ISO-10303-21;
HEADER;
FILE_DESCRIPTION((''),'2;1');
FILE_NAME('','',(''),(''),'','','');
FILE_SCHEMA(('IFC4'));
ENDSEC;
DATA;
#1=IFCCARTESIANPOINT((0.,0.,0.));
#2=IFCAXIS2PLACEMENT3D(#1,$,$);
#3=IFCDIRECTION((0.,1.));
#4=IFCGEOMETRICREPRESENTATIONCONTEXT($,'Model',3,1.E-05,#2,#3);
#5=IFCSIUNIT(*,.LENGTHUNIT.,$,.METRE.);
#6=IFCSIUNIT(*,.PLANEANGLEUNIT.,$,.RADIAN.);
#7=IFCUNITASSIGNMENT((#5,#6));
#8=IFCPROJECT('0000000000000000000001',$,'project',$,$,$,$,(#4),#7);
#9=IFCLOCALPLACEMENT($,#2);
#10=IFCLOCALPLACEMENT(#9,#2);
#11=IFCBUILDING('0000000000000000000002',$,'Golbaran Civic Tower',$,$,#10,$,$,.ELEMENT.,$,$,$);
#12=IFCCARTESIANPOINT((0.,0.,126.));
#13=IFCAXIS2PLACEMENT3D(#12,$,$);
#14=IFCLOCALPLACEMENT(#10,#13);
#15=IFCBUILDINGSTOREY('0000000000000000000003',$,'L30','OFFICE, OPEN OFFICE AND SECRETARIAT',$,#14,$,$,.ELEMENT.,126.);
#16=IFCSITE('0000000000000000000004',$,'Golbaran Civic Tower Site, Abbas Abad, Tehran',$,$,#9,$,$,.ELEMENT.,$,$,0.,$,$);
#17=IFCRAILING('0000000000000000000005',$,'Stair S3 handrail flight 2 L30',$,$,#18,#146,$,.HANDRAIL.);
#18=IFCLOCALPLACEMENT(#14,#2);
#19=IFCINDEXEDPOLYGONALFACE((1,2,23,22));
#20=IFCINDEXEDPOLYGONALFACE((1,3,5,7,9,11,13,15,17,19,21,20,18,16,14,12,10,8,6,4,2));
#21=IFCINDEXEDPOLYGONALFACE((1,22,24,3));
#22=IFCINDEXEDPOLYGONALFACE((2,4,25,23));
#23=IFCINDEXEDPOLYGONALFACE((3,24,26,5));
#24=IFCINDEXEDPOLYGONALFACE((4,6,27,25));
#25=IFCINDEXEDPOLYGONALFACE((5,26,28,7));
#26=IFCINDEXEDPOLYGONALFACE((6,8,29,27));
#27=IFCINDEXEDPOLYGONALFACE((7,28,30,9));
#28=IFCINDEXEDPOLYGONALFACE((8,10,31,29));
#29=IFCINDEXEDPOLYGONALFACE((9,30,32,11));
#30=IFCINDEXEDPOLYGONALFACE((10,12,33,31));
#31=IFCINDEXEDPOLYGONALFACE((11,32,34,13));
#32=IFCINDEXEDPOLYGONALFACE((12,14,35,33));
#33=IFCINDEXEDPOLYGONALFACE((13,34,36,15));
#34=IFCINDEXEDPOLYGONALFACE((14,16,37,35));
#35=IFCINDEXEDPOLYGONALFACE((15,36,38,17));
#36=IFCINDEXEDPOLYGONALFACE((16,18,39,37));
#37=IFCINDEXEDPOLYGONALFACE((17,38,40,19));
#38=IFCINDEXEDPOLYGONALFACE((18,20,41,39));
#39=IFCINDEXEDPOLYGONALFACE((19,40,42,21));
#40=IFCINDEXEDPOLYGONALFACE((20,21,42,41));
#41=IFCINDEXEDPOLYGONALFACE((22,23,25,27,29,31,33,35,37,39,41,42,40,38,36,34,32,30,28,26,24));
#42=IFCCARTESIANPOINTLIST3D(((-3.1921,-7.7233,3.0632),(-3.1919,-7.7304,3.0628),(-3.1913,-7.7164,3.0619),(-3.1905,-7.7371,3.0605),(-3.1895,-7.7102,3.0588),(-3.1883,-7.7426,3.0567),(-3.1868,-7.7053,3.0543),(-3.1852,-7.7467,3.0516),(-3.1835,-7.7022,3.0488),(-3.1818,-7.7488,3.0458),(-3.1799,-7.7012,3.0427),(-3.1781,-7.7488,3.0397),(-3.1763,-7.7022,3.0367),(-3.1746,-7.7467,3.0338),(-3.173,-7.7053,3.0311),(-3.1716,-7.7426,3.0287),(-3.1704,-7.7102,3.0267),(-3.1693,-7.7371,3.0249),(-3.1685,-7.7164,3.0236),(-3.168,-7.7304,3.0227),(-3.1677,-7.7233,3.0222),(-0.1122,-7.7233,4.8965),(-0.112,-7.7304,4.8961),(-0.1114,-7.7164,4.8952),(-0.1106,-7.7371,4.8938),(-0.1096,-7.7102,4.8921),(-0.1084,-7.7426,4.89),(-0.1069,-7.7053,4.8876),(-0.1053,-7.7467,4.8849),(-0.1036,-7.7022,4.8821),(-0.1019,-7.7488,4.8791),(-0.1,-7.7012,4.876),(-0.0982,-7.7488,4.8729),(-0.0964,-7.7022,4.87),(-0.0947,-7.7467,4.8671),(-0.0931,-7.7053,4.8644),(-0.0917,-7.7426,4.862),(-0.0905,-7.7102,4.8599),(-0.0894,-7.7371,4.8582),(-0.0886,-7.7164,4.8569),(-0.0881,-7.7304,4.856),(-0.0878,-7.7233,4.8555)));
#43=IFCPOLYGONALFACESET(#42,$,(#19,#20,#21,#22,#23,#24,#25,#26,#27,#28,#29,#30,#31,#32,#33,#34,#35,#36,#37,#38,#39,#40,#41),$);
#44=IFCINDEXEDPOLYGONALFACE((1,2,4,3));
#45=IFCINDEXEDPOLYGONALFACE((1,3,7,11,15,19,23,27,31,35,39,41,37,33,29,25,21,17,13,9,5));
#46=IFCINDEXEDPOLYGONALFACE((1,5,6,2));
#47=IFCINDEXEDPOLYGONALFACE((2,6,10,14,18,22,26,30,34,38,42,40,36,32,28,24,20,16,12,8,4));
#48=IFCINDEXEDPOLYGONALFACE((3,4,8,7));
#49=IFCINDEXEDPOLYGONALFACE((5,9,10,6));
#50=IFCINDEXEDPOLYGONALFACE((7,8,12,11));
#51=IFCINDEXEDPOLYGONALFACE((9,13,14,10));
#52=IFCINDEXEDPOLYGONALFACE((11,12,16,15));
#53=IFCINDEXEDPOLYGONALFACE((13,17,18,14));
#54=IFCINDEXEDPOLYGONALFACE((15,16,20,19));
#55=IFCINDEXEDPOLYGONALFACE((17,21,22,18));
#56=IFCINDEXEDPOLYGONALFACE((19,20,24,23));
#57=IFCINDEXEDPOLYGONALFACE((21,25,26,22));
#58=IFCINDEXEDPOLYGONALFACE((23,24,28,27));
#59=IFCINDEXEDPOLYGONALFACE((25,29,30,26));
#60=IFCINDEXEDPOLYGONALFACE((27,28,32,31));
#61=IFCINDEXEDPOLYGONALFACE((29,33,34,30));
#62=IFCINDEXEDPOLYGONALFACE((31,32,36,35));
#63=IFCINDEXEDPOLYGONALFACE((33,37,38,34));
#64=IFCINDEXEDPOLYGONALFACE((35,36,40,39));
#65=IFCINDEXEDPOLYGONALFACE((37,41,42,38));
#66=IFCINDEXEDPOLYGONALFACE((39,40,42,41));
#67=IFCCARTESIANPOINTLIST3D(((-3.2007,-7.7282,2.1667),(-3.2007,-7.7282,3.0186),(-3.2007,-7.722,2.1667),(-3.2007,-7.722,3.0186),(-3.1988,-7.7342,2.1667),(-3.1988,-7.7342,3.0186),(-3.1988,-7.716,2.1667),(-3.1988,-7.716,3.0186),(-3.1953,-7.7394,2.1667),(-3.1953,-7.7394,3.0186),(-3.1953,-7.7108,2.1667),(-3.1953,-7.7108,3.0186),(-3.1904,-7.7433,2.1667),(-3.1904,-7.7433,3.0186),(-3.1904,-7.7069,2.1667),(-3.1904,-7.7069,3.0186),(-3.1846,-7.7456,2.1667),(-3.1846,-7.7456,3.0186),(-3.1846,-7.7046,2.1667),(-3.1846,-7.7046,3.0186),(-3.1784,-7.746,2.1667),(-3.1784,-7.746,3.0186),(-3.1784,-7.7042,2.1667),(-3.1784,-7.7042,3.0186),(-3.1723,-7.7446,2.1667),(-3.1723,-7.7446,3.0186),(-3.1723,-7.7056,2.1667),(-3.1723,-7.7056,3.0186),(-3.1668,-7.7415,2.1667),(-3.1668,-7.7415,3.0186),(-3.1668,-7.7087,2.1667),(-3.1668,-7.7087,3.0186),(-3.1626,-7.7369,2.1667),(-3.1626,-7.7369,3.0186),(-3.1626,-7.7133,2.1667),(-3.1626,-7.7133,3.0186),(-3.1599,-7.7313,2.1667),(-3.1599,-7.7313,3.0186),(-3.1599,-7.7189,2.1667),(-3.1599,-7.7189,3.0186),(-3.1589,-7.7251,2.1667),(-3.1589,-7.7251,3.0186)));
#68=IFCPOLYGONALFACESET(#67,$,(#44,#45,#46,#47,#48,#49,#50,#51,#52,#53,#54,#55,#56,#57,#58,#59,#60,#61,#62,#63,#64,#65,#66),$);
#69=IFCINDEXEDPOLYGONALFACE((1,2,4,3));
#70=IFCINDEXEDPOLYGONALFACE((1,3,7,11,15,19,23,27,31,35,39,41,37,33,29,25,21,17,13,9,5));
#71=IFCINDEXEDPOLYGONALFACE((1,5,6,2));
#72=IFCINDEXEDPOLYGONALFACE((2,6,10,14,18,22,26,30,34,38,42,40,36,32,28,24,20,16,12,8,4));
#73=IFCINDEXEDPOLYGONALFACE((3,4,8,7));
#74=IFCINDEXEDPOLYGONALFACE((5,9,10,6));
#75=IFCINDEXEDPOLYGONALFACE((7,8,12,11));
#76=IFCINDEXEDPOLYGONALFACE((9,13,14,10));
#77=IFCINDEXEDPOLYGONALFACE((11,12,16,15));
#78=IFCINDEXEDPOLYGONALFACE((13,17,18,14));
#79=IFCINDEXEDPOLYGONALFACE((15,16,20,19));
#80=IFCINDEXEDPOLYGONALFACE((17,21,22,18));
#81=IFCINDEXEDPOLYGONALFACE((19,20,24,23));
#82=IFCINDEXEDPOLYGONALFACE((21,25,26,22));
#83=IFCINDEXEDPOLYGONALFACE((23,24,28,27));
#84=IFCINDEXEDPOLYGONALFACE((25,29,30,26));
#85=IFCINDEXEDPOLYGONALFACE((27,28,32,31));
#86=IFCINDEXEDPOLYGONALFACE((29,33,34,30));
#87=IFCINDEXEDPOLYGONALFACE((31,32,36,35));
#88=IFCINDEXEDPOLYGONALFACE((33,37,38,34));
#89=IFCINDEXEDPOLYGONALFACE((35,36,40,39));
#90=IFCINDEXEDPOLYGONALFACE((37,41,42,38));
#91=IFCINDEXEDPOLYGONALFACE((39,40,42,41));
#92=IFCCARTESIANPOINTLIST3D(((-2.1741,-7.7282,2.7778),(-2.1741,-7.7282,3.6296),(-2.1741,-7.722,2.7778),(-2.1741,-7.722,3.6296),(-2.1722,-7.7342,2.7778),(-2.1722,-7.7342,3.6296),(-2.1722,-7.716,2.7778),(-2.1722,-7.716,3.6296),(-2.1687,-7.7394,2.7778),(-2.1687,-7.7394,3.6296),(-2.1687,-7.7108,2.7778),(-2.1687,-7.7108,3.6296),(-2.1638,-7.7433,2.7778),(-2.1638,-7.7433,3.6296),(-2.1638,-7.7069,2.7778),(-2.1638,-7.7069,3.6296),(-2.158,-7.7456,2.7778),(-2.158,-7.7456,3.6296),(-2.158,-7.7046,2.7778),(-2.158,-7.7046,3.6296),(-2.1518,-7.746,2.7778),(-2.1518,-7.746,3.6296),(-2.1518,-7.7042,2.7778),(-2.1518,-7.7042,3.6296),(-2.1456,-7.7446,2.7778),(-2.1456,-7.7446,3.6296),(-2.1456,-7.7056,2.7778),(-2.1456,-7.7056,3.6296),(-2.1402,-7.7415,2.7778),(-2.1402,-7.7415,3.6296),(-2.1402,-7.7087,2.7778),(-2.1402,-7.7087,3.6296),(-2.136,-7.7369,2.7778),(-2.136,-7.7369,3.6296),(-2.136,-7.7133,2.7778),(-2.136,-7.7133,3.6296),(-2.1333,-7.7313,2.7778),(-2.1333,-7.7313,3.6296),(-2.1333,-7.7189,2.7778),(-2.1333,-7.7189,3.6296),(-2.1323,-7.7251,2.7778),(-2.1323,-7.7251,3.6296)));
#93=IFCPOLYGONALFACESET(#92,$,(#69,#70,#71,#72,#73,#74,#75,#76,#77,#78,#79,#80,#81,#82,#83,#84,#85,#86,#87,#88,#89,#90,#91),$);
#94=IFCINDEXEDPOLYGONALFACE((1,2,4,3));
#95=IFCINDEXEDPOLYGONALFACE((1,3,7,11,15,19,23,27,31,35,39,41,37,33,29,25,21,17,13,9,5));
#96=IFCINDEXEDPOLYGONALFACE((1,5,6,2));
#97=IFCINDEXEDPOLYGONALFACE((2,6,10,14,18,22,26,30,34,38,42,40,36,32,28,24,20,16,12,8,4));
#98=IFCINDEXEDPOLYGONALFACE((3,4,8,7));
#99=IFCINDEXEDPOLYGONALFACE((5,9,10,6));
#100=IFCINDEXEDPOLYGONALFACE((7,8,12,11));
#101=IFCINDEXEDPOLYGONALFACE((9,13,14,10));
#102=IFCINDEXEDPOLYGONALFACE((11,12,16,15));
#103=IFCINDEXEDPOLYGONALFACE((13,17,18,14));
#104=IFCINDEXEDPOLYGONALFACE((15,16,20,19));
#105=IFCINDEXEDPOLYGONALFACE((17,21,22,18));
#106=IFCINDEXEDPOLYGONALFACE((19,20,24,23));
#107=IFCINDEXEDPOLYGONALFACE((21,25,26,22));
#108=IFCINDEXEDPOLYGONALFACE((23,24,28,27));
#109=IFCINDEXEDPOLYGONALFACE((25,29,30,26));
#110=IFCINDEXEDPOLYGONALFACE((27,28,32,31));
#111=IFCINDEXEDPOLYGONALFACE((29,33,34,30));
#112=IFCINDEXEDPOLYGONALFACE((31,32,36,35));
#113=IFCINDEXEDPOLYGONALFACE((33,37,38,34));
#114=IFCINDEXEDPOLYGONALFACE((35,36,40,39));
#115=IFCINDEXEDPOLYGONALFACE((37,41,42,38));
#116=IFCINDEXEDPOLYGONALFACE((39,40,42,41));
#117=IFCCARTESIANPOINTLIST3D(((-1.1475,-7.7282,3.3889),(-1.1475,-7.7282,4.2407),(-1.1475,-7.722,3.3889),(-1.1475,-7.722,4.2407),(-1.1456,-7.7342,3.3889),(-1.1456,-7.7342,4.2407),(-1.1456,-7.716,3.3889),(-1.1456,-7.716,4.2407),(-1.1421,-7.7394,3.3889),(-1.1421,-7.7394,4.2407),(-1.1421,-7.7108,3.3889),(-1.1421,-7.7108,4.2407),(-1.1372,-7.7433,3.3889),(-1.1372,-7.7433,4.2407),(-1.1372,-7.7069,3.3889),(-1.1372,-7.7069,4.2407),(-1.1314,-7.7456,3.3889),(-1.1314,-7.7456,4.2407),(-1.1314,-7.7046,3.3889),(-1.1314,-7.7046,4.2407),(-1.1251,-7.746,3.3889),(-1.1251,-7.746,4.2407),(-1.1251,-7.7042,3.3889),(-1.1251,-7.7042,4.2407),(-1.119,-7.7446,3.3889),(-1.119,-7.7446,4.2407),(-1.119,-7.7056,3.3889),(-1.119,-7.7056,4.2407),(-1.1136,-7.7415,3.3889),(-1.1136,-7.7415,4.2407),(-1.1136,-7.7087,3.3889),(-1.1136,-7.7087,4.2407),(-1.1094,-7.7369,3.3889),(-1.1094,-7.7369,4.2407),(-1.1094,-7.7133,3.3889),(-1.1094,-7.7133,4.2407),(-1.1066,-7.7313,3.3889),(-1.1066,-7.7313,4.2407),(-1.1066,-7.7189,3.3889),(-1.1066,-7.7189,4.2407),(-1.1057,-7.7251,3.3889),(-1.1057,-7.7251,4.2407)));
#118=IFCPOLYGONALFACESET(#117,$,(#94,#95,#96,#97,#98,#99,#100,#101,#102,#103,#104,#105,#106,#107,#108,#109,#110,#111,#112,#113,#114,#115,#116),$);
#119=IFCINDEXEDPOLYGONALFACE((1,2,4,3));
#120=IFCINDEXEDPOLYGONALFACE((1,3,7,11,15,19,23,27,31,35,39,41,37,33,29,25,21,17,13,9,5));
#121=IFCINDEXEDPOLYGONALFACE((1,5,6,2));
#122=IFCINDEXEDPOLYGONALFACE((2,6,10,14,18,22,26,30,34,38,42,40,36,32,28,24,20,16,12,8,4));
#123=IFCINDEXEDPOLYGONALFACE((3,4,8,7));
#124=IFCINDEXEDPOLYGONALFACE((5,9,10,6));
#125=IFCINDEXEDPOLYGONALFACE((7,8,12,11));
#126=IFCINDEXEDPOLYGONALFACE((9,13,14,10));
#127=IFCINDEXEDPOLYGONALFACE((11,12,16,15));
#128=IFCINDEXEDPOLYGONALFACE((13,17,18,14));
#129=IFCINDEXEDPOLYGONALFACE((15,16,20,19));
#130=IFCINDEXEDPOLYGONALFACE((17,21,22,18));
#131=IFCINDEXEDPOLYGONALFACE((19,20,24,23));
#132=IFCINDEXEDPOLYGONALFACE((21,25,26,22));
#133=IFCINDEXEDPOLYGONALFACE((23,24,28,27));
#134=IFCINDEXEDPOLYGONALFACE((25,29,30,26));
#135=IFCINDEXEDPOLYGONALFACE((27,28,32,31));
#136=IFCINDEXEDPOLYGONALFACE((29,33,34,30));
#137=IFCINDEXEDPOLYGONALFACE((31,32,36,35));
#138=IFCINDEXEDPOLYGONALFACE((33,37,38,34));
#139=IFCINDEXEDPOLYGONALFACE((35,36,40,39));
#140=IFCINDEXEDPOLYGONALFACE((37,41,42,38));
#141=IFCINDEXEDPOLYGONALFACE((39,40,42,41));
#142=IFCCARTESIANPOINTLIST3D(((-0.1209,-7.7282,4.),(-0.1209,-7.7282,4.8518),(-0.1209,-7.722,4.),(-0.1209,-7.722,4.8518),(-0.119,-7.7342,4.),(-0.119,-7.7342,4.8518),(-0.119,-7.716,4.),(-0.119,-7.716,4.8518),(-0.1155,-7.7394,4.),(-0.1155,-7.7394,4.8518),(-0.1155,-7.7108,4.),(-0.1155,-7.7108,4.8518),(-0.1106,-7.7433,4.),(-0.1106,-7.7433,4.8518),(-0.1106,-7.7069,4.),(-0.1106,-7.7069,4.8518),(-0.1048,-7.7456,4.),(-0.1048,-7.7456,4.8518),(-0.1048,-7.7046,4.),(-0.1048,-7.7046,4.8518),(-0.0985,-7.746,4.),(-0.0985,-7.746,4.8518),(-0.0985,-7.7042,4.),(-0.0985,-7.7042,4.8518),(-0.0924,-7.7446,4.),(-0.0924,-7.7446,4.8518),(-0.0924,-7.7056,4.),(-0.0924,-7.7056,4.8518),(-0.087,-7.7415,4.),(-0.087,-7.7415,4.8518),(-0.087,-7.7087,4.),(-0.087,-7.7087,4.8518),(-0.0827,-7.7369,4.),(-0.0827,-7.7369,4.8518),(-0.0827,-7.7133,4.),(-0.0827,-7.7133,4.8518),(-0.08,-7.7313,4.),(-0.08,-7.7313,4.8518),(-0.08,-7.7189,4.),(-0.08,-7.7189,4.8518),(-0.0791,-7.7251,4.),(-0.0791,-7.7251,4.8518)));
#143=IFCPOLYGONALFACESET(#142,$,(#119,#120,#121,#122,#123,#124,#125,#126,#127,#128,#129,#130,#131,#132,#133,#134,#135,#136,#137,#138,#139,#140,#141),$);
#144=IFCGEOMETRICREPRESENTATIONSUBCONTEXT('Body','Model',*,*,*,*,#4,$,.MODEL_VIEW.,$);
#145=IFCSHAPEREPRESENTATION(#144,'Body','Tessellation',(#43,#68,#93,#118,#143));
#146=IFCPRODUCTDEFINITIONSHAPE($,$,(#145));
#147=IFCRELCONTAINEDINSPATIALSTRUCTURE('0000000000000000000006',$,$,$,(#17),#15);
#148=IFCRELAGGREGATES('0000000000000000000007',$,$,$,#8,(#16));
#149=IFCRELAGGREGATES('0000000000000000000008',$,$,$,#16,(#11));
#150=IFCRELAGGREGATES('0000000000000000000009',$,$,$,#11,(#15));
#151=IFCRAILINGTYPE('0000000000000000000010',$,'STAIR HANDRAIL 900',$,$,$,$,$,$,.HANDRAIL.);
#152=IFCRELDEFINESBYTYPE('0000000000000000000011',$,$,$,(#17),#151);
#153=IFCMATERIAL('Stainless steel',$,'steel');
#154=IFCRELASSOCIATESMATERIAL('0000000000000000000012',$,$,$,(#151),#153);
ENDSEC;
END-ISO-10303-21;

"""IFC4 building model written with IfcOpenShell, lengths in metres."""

from ifc_helpers import new_model, si_unit, direction, frame, origin, origin_2d, place, context, subcontext, project, spatial, circle, extrude, material, type_object, element, save


model = new_model("IFC4")

# Units and contexts
model_context = context("Model", 3, precision=1e-05, world=origin(), true_north=direction((0.0, 1.0)))
body_context = subcontext(model_context, "Body", "Model", "MODEL_VIEW")
ifc_project = project(units=[si_unit("LENGTHUNIT", "METRE"), si_unit("PLANEANGLEUNIT", "RADIAN")], contexts=[model_context])

# Site, building, storey
site_placement = place(None, origin())
site = spatial("IfcSite", under=ifc_project, at=site_placement, Name="Golbaran Civic Tower Site, Abbas Abad, Tehran", CompositionType="ELEMENT", RefElevation=0.0)
building_placement = place(site_placement, origin())
building = spatial("IfcBuilding", under=site, at=building_placement, Name="Golbaran Civic Tower", CompositionType="ELEMENT")
storey_placement = place(building_placement, frame((0.0, 0.0, 126.0)))
storey = spatial("IfcBuildingStorey", under=building, at=storey_placement, Name="L30", Description="OFFICE, OPEN OFFICE AND SECRETARIAT", CompositionType="ELEMENT", Elevation=126.0)

# Shared definitions
ifc_material_1 = material(Name="Stainless steel", Category="steel")

# Railing
railing_type = type_object("IfcRailingType", Name="STAIR HANDRAIL 900", PredefinedType="HANDRAIL", material=ifc_material_1)
railing_1_placement = place(storey_placement, frame((-3.1799, -7.7251, 2.1667)))
element("IfcRailing", 1, at=railing_1_placement, inside=storey, type_object=railing_type, Name="Stair S3 handrail flight 2 L30", PredefinedType="HANDRAIL", context=body_context, shape_type="SweptSolid", body=[
    extrude(circle(Radius=0.0239, at=origin_2d()), frame((0.0, 0.0, 0.876), z_axis=(0.859291, 0.0, 0.511487), x_axis=(0.0, 1.0, 0.0)), (0.0, 0.0, 1.0), 3.5842),
    extrude(circle(Radius=0.021, at=origin_2d()), origin(), (0.0, 0.0, 1.0), 0.8518),
    extrude(circle(Radius=0.021, at=origin_2d()), frame((1.0266, 0.0, 0.6111)), (0.0, 0.0, 1.0), 0.8518),
    extrude(circle(Radius=0.021, at=origin_2d()), frame((2.0532, 0.0, 1.2222)), (0.0, 0.0, 1.0), 0.8518),
    extrude(circle(Radius=0.021, at=origin_2d()), frame((3.0798, 0.0, 1.8333)), (0.0, 0.0, 1.0), 0.8518),
])

save(model, "model.ifc")
